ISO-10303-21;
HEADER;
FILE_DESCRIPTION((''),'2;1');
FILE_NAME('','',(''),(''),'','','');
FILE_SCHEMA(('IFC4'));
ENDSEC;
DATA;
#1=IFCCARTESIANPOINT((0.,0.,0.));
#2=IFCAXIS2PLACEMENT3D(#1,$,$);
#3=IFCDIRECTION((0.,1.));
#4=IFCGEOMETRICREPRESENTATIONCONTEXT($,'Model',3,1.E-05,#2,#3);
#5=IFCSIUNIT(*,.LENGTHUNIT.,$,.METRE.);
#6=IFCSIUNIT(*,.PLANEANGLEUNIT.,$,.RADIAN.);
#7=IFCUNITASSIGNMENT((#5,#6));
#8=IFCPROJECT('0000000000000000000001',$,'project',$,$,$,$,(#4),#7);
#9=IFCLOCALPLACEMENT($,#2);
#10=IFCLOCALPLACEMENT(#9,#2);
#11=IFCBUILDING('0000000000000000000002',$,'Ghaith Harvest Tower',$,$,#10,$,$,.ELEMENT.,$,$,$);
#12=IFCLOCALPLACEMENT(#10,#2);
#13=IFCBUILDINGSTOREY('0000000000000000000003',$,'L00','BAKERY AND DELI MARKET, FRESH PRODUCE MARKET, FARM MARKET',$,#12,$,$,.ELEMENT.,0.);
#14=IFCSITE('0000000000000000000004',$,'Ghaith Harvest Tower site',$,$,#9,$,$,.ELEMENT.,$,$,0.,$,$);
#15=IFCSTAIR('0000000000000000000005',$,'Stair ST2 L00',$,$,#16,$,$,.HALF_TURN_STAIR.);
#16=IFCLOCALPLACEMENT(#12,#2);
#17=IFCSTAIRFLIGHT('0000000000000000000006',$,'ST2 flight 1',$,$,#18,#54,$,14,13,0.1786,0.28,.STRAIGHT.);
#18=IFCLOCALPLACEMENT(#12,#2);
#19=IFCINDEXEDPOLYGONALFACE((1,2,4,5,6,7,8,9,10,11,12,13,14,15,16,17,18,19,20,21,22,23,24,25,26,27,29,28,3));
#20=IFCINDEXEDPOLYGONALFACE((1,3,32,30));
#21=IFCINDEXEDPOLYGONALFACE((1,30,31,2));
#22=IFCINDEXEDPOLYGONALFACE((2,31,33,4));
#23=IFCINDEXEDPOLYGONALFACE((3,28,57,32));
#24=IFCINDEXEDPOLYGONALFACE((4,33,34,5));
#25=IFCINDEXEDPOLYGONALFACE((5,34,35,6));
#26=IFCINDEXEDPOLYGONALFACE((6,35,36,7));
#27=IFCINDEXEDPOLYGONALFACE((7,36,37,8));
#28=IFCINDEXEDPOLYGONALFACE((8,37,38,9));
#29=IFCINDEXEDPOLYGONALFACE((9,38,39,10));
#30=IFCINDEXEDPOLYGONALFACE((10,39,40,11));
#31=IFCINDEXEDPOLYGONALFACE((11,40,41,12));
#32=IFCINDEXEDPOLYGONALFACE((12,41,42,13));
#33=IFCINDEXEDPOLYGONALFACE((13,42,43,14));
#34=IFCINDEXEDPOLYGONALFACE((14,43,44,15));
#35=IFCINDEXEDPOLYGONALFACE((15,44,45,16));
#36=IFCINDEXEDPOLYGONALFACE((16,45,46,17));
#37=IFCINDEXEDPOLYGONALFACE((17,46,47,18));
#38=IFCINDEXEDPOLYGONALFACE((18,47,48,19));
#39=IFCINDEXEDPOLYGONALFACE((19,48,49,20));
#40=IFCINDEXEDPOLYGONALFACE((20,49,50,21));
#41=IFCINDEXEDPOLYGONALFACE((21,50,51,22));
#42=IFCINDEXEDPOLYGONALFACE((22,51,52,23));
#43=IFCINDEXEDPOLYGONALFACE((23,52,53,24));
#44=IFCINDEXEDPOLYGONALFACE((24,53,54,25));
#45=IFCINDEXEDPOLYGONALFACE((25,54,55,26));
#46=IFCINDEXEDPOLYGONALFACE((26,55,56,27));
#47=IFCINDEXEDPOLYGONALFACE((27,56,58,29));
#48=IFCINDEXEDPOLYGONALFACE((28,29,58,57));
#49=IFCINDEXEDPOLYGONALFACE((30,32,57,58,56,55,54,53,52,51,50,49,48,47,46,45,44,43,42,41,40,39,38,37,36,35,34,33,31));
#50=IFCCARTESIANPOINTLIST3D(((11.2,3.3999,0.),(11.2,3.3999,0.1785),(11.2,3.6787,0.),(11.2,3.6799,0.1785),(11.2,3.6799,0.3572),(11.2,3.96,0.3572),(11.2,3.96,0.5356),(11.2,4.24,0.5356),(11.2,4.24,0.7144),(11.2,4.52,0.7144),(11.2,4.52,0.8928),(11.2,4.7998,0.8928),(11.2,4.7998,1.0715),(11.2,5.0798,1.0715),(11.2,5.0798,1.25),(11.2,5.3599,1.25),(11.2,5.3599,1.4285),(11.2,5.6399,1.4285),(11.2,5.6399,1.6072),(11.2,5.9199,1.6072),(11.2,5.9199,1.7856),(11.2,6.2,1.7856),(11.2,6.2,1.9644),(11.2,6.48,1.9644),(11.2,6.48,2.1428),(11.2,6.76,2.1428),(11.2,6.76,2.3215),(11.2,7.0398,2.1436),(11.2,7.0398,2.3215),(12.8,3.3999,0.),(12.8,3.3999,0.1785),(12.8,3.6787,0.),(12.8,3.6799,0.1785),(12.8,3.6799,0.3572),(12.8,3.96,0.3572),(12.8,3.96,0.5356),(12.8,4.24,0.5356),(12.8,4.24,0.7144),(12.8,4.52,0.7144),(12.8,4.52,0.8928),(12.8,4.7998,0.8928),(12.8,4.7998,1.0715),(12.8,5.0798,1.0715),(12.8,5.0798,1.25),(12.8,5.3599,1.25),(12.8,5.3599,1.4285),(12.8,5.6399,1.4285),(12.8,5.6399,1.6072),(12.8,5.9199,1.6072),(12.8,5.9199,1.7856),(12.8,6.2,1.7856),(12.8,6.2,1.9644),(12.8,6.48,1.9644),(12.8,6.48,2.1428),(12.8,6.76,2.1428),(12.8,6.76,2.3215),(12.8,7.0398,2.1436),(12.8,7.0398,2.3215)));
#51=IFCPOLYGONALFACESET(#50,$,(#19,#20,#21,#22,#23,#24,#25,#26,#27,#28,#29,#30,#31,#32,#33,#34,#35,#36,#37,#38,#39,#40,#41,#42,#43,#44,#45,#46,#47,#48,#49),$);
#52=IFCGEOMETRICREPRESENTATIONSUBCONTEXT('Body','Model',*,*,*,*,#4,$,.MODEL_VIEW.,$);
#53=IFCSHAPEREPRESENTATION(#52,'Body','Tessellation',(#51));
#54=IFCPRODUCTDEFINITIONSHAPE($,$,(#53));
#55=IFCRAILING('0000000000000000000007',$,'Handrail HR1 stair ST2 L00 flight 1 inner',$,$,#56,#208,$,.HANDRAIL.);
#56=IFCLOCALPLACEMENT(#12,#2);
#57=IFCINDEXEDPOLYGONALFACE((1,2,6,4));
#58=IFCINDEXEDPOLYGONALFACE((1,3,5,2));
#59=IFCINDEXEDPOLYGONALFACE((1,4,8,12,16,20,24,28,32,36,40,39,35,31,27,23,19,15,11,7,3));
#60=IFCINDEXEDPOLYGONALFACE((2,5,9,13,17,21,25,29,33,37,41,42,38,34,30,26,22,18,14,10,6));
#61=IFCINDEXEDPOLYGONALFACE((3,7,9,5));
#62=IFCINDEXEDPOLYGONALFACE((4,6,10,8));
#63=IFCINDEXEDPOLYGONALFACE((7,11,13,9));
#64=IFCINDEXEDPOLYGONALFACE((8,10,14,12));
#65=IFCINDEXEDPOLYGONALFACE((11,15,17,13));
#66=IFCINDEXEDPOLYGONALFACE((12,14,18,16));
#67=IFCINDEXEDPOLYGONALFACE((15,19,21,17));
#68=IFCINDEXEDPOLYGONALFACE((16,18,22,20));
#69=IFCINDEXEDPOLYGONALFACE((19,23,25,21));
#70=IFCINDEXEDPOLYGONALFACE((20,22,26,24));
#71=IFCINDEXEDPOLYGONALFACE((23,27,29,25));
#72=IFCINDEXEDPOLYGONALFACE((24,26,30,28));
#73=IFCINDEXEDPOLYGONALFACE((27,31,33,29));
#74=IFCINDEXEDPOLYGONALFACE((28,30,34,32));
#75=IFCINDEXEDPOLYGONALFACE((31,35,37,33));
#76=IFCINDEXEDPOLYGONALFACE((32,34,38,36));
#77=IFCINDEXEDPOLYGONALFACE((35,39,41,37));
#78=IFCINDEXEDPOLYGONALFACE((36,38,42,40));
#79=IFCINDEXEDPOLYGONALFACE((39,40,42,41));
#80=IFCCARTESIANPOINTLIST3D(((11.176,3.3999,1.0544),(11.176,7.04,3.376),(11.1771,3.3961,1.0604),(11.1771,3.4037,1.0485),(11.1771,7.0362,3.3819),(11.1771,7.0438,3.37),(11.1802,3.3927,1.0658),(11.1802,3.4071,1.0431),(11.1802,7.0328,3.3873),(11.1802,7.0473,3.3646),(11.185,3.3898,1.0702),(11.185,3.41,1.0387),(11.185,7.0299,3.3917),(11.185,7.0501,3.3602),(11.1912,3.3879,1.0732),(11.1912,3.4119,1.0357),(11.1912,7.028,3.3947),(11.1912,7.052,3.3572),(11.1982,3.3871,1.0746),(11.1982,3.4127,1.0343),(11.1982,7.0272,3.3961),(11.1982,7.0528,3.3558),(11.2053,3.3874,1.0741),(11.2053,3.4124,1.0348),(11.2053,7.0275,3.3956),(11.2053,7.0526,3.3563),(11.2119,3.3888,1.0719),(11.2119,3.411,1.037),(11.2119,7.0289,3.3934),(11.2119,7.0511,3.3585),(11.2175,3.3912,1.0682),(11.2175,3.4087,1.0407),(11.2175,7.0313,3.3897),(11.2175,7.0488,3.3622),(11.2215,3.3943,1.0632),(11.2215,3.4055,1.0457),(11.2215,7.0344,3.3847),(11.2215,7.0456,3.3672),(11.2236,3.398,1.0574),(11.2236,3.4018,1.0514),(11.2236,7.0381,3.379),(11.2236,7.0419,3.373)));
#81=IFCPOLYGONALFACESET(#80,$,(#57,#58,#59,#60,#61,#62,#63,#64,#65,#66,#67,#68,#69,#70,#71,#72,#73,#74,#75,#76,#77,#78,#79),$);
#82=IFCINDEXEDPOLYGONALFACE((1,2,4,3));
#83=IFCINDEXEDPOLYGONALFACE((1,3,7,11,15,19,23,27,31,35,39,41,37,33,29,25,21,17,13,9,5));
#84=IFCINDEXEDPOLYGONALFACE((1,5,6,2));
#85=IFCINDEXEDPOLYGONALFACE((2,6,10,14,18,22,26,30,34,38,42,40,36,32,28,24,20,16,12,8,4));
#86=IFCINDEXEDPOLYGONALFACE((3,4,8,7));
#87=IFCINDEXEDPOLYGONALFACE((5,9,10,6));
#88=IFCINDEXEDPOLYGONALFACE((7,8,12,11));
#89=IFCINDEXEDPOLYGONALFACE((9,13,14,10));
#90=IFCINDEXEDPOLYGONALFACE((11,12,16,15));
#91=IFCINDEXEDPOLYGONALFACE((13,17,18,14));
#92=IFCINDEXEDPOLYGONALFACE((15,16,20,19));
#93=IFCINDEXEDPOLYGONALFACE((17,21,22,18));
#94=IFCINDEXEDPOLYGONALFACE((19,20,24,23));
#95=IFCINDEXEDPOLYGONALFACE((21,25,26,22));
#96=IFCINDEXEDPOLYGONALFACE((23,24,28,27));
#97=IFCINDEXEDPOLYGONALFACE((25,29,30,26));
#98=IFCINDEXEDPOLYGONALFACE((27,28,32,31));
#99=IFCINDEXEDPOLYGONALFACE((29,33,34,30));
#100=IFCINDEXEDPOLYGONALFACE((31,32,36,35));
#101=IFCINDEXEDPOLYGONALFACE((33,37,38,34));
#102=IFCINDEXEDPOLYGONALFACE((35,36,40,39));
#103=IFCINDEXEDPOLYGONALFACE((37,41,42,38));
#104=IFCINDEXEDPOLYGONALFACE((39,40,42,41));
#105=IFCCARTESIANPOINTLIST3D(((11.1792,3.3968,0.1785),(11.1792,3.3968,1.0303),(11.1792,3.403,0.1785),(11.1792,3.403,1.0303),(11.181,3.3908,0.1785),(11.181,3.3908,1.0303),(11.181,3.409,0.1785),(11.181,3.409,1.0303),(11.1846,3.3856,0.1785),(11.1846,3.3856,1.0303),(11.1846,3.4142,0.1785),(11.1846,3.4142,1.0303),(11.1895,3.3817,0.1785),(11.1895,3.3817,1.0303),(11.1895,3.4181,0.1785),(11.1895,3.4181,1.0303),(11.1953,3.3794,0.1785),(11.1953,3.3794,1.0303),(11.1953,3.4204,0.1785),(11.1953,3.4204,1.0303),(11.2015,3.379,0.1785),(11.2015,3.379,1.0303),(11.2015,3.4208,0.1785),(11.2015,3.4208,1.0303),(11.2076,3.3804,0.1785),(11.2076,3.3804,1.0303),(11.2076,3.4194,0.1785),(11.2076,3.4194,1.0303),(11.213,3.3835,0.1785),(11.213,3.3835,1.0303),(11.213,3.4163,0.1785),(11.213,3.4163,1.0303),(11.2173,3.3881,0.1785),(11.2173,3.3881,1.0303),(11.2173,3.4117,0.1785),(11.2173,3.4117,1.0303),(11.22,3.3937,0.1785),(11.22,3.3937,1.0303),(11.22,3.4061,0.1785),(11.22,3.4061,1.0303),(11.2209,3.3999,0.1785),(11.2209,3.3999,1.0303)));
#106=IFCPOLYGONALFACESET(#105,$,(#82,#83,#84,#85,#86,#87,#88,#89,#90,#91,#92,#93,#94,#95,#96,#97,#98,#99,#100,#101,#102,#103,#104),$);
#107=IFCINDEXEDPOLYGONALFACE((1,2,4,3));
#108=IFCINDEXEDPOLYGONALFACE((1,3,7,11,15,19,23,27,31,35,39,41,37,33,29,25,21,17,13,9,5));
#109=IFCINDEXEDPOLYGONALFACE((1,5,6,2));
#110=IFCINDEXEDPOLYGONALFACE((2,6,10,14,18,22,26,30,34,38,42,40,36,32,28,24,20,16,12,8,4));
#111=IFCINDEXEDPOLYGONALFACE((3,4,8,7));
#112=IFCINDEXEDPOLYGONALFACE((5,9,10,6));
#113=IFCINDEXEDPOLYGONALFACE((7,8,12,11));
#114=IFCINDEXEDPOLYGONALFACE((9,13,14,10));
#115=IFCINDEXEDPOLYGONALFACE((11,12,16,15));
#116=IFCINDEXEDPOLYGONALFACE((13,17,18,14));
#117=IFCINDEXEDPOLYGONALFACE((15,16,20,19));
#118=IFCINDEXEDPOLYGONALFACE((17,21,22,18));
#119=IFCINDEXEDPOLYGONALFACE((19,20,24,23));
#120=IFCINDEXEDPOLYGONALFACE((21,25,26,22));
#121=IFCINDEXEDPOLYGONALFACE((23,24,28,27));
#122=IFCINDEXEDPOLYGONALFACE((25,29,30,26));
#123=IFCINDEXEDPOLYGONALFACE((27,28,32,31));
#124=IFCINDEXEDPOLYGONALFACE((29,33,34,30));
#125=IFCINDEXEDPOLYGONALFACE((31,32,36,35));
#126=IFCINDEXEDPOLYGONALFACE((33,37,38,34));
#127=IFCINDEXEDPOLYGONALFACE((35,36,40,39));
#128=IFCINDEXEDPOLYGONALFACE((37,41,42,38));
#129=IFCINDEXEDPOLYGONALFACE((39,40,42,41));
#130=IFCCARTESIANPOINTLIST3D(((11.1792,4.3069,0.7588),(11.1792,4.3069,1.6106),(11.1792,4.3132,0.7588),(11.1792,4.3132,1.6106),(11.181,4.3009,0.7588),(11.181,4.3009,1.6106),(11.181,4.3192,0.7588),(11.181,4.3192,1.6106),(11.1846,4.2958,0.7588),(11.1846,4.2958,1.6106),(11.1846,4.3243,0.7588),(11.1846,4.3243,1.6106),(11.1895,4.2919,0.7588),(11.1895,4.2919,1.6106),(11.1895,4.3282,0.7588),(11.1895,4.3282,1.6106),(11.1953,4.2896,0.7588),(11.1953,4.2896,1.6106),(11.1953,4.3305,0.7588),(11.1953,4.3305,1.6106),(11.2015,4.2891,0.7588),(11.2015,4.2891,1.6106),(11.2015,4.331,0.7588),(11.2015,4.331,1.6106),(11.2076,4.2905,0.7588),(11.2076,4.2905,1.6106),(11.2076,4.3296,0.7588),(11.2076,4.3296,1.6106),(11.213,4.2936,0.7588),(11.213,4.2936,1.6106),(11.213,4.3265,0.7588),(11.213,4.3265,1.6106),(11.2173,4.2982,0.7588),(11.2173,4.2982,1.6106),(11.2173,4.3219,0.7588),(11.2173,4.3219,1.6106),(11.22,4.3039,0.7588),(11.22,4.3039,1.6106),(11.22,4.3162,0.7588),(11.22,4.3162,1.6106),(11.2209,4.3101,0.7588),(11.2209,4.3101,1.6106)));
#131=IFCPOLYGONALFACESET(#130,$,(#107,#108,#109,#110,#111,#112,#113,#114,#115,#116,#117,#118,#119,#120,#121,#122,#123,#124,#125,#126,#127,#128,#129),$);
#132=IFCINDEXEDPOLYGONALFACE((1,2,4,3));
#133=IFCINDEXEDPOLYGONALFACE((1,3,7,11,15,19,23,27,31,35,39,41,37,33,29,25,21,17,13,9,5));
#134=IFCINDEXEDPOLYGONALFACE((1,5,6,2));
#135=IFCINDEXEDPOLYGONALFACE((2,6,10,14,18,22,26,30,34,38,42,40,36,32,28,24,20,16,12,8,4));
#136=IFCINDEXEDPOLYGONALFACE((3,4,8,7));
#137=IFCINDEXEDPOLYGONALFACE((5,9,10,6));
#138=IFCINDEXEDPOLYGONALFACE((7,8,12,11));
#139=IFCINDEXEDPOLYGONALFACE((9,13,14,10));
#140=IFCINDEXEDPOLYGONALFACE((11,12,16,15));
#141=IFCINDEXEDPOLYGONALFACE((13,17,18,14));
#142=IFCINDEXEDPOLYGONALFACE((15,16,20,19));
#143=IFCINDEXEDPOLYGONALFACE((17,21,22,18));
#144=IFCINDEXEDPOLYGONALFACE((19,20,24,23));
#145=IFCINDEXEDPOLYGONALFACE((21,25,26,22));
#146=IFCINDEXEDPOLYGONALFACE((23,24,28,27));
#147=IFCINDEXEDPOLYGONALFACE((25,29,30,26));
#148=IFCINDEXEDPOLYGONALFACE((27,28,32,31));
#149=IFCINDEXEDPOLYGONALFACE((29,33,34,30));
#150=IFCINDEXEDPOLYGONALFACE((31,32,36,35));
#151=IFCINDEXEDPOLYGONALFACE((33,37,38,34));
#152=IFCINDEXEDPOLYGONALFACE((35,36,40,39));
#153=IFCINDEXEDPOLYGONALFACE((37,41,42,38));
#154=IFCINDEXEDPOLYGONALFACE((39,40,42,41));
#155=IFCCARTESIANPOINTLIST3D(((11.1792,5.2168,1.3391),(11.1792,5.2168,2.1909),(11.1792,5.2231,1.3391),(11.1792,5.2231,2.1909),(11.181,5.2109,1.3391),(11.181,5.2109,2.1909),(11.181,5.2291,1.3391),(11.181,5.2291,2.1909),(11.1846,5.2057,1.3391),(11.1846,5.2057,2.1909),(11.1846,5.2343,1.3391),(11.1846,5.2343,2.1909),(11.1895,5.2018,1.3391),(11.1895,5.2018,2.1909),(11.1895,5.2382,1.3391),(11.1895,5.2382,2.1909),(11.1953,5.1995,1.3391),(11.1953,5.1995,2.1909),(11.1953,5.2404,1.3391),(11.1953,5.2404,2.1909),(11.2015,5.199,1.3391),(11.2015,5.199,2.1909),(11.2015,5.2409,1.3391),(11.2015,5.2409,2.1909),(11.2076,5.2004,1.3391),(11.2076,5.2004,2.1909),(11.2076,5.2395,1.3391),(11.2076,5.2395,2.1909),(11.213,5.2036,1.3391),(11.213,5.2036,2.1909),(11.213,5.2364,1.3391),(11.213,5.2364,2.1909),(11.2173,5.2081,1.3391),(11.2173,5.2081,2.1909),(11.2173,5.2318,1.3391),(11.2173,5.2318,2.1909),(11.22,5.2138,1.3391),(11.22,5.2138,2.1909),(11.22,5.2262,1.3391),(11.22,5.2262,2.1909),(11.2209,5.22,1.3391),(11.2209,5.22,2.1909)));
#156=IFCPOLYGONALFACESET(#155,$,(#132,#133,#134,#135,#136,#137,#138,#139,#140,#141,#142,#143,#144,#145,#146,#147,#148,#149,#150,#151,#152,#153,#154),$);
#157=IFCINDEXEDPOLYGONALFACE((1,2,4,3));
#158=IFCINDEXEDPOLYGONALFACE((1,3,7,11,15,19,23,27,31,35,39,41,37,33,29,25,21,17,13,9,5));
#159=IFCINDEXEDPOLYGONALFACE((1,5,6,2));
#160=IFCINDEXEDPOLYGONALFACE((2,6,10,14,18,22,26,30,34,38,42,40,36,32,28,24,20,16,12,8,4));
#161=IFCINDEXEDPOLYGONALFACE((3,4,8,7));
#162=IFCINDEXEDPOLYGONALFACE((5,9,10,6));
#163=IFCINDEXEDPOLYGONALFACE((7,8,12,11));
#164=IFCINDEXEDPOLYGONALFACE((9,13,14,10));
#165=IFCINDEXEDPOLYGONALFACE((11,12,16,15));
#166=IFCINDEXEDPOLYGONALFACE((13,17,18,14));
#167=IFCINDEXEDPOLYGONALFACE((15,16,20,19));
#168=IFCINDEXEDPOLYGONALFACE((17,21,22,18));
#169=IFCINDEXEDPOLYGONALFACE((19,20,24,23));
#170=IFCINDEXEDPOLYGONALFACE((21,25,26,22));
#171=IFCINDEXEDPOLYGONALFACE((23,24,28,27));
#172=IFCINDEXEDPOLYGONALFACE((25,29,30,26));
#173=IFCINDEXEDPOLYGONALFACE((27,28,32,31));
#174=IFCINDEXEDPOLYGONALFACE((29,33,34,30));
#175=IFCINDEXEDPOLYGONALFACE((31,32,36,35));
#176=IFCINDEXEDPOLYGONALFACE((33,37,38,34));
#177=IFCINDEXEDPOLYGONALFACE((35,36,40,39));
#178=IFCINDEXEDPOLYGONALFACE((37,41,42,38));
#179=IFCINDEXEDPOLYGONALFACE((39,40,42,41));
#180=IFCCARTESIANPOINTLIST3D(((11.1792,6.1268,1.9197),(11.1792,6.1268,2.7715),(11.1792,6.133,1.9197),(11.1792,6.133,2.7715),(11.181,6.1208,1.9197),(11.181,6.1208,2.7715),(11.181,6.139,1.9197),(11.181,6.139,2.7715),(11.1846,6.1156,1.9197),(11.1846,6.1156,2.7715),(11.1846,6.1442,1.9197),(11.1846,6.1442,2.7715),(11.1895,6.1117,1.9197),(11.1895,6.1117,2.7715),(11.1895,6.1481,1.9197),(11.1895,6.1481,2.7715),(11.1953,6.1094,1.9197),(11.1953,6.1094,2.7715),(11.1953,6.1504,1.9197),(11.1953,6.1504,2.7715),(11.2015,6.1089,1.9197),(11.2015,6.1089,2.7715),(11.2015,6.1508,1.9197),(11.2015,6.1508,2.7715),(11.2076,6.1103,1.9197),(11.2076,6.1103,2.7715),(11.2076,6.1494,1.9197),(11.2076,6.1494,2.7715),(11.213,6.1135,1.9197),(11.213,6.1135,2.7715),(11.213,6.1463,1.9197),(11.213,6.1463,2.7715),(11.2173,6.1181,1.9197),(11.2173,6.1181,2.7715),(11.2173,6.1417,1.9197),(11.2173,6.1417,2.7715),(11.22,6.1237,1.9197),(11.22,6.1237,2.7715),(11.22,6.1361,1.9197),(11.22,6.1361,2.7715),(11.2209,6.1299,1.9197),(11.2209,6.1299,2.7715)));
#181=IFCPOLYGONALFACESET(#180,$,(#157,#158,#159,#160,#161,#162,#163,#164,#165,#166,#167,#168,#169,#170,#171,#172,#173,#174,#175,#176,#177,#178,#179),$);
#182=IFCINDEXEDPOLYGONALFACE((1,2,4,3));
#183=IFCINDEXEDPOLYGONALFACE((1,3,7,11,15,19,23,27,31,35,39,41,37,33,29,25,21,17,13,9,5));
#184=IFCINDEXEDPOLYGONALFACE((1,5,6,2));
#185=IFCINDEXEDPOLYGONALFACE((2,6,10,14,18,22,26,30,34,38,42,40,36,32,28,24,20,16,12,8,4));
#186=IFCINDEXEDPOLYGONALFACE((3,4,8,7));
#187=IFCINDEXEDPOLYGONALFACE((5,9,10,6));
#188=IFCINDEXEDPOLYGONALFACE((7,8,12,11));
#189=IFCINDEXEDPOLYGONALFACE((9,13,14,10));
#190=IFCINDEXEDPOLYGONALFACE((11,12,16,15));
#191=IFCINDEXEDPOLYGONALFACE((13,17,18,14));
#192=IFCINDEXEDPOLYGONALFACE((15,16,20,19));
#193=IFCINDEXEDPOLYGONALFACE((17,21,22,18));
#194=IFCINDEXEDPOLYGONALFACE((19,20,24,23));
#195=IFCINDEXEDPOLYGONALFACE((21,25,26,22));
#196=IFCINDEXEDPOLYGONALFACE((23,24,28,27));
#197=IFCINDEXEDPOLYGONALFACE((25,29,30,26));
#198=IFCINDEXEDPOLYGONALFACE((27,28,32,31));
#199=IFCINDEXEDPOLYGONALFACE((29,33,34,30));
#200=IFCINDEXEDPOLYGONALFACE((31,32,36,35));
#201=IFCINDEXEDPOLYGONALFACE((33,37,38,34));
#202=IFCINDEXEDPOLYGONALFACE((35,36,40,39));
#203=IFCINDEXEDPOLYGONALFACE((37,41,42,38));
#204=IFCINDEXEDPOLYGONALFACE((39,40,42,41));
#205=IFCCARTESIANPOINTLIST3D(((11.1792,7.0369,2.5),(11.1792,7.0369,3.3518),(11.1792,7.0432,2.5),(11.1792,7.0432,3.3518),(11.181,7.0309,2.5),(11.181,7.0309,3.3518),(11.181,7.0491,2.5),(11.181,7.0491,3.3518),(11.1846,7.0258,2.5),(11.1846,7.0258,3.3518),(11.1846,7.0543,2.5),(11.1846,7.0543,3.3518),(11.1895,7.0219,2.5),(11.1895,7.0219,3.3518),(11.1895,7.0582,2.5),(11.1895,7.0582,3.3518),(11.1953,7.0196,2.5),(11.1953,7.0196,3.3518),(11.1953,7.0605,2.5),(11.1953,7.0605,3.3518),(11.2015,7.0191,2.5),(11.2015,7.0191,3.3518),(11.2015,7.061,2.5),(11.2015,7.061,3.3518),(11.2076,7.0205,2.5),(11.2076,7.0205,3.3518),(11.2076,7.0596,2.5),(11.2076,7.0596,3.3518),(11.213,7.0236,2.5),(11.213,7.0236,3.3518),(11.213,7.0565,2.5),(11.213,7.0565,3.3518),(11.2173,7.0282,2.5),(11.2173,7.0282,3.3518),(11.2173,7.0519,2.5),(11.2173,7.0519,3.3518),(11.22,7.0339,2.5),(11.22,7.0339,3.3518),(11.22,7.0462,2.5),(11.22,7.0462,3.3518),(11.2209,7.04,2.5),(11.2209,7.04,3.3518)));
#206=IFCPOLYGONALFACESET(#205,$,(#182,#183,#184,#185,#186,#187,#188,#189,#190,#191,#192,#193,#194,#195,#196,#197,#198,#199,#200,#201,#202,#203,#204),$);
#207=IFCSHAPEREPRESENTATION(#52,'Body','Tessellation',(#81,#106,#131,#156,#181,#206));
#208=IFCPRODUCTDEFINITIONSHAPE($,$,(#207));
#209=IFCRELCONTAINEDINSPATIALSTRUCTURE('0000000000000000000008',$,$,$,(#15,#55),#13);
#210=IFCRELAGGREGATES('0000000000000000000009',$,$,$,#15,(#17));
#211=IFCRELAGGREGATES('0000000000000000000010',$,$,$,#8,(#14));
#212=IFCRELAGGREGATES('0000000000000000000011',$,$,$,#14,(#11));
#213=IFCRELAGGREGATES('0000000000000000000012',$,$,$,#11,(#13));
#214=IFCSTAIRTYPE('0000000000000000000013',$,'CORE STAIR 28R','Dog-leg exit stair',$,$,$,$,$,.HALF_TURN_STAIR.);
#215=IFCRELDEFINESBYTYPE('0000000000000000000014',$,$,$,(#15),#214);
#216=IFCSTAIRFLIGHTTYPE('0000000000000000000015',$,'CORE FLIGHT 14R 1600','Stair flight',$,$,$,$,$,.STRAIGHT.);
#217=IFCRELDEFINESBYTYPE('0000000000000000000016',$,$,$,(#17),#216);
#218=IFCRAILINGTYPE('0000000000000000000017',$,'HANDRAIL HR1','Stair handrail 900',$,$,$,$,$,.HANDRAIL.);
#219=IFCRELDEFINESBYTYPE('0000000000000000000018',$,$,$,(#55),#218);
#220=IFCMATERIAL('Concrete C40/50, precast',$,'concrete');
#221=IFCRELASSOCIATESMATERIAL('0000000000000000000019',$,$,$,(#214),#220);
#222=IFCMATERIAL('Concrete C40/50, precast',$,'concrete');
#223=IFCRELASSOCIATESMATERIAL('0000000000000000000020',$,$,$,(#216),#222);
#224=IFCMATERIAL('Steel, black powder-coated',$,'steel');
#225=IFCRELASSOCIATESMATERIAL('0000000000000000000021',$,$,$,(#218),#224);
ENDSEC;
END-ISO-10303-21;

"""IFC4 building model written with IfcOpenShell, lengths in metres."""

from ifc_helpers import new_model, si_unit, direction, frame, origin, origin_2d, place, context, subcontext, project, spatial, polyline, circle, outline, extrude, material, type_object, element, aggregate, save


model = new_model("IFC4")

# Units and contexts
model_context = context("Model", 3, precision=1e-05, world=origin(), true_north=direction((0.0, 1.0)))
body_context = subcontext(model_context, "Body", "Model", "MODEL_VIEW")
ifc_project = project(units=[si_unit("LENGTHUNIT", "METRE"), si_unit("PLANEANGLEUNIT", "RADIAN")], contexts=[model_context])

# Site, building, storey
site_placement = place(None, origin())
site = spatial("IfcSite", under=ifc_project, at=site_placement, Name="Ghaith Harvest Tower site", CompositionType="ELEMENT", RefElevation=0.0)
building_placement = place(site_placement, origin())
building = spatial("IfcBuilding", under=site, at=building_placement, Name="Ghaith Harvest Tower", CompositionType="ELEMENT")
storey_placement = place(building_placement, origin())
storey = spatial("IfcBuildingStorey", under=building, at=storey_placement, Name="L00", Description="BAKERY AND DELI MARKET, FRESH PRODUCE MARKET, FARM MARKET", CompositionType="ELEMENT", Elevation=0.0)

# Stair, stair flight
ifc_material_1 = material(Name="Concrete C40/50, precast", Category="concrete")
stair_type = type_object("IfcStairType", Name="CORE STAIR 28R", Description="Dog-leg exit stair", PredefinedType="HALF_TURN_STAIR", material=ifc_material_1)
stair_placement = place(storey_placement, origin())
stair = element("IfcStair", 1, at=stair_placement, inside=storey, type_object=stair_type, Name="Stair ST2 L00", PredefinedType="HALF_TURN_STAIR")
ifc_material_2 = material(Name="Concrete C40/50, precast", Category="concrete")
stair_flight_type = type_object("IfcStairFlightType", Name="CORE FLIGHT 14R 1600", Description="Stair flight", PredefinedType="STRAIGHT", material=ifc_material_2)
stair_flight_placement = place(storey_placement, frame((12.0, 3.3999, 0.0), z_axis=(0.0, 0.0, 1.0), x_axis=(0.0, 1.0, 0.0)))
stair_flight = element("IfcStairFlight", 2, at=stair_flight_placement, type_object=stair_flight_type, Name="ST2 flight 1", NumberOfRisers=14, NumberOfTreads=13, PredefinedType="STRAIGHT", RiserHeight=0.1786, TreadLength=0.28, context=body_context, shape_type="SweptSolid", body=[
    extrude(outline(polyline([(0.0, 0.0), (0.0, 0.1785), (0.28, 0.1785), (0.28, 0.3572), (0.5601, 0.3572), (0.5601, 0.5356), (0.8401, 0.5356), (0.8401, 0.7144), (1.1201, 0.7144), (1.1201, 0.8928), (1.3999, 0.8928), (1.3999, 1.0715), (1.6799, 1.0715), (1.6799, 1.25), (1.96, 1.25), (1.96, 1.4285), (2.24, 1.4285), (2.24, 1.6072), (2.52, 1.6072), (2.52, 1.7856), (2.8, 1.7856), (2.8, 1.9644), (3.0801, 1.9644), (3.0801, 2.1428), (3.3601, 2.1428), (3.3601, 2.3215), (3.6399, 2.3215), (3.6399, 2.5), (3.6399, 2.1436), (0.2788, 0.0), (0.0, 0.0)])), frame((0.0, 0.8, 0.0), z_axis=(0.0, -1.0, 0.0), x_axis=(1.0, 0.0, 0.0)), (0.0, 0.0, 1.0), 1.6001),
])
aggregate(stair, [stair_flight])

# Railing
ifc_material_3 = material(Name="Steel, black powder-coated", Category="steel")
railing_type = type_object("IfcRailingType", Name="HANDRAIL HR1", Description="Stair handrail 900", PredefinedType="HANDRAIL", material=ifc_material_3)
railing_1_placement = place(storey_placement, frame((11.2, 3.3999, 0.1785)))
element("IfcRailing", 3, at=railing_1_placement, inside=storey, type_object=railing_type, Name="Handrail HR1 stair ST2 L00 flight 1 inner", PredefinedType="HANDRAIL", context=body_context, shape_type="SweptSolid", body=[
    extrude(circle(Radius=0.0239, at=origin_2d()), frame((0.0, 0.0, 0.876), z_axis=(0.0, 0.843128, 0.537713), x_axis=(-1.0, 0.0, 0.0)), (0.0, 0.0, 1.0), 4.3174),
    extrude(circle(Radius=0.021, at=origin_2d()), origin(), (0.0, 0.0, 1.0), 0.8518),
    extrude(circle(Radius=0.021, at=origin_2d()), frame((0.0, 0.9102, 0.5803)), (0.0, 0.0, 1.0), 0.8518),
    extrude(circle(Radius=0.021, at=origin_2d()), frame((0.0, 1.8201, 1.1606)), (0.0, 0.0, 1.0), 0.8518),
    extrude(circle(Radius=0.021, at=origin_2d()), frame((0.0, 2.73, 1.7412)), (0.0, 0.0, 1.0), 0.8518),
    extrude(circle(Radius=0.021, at=origin_2d()), frame((0.0, 3.6401, 2.3215)), (0.0, 0.0, 1.0), 0.8518),
])

save(model, "model.ifc")
